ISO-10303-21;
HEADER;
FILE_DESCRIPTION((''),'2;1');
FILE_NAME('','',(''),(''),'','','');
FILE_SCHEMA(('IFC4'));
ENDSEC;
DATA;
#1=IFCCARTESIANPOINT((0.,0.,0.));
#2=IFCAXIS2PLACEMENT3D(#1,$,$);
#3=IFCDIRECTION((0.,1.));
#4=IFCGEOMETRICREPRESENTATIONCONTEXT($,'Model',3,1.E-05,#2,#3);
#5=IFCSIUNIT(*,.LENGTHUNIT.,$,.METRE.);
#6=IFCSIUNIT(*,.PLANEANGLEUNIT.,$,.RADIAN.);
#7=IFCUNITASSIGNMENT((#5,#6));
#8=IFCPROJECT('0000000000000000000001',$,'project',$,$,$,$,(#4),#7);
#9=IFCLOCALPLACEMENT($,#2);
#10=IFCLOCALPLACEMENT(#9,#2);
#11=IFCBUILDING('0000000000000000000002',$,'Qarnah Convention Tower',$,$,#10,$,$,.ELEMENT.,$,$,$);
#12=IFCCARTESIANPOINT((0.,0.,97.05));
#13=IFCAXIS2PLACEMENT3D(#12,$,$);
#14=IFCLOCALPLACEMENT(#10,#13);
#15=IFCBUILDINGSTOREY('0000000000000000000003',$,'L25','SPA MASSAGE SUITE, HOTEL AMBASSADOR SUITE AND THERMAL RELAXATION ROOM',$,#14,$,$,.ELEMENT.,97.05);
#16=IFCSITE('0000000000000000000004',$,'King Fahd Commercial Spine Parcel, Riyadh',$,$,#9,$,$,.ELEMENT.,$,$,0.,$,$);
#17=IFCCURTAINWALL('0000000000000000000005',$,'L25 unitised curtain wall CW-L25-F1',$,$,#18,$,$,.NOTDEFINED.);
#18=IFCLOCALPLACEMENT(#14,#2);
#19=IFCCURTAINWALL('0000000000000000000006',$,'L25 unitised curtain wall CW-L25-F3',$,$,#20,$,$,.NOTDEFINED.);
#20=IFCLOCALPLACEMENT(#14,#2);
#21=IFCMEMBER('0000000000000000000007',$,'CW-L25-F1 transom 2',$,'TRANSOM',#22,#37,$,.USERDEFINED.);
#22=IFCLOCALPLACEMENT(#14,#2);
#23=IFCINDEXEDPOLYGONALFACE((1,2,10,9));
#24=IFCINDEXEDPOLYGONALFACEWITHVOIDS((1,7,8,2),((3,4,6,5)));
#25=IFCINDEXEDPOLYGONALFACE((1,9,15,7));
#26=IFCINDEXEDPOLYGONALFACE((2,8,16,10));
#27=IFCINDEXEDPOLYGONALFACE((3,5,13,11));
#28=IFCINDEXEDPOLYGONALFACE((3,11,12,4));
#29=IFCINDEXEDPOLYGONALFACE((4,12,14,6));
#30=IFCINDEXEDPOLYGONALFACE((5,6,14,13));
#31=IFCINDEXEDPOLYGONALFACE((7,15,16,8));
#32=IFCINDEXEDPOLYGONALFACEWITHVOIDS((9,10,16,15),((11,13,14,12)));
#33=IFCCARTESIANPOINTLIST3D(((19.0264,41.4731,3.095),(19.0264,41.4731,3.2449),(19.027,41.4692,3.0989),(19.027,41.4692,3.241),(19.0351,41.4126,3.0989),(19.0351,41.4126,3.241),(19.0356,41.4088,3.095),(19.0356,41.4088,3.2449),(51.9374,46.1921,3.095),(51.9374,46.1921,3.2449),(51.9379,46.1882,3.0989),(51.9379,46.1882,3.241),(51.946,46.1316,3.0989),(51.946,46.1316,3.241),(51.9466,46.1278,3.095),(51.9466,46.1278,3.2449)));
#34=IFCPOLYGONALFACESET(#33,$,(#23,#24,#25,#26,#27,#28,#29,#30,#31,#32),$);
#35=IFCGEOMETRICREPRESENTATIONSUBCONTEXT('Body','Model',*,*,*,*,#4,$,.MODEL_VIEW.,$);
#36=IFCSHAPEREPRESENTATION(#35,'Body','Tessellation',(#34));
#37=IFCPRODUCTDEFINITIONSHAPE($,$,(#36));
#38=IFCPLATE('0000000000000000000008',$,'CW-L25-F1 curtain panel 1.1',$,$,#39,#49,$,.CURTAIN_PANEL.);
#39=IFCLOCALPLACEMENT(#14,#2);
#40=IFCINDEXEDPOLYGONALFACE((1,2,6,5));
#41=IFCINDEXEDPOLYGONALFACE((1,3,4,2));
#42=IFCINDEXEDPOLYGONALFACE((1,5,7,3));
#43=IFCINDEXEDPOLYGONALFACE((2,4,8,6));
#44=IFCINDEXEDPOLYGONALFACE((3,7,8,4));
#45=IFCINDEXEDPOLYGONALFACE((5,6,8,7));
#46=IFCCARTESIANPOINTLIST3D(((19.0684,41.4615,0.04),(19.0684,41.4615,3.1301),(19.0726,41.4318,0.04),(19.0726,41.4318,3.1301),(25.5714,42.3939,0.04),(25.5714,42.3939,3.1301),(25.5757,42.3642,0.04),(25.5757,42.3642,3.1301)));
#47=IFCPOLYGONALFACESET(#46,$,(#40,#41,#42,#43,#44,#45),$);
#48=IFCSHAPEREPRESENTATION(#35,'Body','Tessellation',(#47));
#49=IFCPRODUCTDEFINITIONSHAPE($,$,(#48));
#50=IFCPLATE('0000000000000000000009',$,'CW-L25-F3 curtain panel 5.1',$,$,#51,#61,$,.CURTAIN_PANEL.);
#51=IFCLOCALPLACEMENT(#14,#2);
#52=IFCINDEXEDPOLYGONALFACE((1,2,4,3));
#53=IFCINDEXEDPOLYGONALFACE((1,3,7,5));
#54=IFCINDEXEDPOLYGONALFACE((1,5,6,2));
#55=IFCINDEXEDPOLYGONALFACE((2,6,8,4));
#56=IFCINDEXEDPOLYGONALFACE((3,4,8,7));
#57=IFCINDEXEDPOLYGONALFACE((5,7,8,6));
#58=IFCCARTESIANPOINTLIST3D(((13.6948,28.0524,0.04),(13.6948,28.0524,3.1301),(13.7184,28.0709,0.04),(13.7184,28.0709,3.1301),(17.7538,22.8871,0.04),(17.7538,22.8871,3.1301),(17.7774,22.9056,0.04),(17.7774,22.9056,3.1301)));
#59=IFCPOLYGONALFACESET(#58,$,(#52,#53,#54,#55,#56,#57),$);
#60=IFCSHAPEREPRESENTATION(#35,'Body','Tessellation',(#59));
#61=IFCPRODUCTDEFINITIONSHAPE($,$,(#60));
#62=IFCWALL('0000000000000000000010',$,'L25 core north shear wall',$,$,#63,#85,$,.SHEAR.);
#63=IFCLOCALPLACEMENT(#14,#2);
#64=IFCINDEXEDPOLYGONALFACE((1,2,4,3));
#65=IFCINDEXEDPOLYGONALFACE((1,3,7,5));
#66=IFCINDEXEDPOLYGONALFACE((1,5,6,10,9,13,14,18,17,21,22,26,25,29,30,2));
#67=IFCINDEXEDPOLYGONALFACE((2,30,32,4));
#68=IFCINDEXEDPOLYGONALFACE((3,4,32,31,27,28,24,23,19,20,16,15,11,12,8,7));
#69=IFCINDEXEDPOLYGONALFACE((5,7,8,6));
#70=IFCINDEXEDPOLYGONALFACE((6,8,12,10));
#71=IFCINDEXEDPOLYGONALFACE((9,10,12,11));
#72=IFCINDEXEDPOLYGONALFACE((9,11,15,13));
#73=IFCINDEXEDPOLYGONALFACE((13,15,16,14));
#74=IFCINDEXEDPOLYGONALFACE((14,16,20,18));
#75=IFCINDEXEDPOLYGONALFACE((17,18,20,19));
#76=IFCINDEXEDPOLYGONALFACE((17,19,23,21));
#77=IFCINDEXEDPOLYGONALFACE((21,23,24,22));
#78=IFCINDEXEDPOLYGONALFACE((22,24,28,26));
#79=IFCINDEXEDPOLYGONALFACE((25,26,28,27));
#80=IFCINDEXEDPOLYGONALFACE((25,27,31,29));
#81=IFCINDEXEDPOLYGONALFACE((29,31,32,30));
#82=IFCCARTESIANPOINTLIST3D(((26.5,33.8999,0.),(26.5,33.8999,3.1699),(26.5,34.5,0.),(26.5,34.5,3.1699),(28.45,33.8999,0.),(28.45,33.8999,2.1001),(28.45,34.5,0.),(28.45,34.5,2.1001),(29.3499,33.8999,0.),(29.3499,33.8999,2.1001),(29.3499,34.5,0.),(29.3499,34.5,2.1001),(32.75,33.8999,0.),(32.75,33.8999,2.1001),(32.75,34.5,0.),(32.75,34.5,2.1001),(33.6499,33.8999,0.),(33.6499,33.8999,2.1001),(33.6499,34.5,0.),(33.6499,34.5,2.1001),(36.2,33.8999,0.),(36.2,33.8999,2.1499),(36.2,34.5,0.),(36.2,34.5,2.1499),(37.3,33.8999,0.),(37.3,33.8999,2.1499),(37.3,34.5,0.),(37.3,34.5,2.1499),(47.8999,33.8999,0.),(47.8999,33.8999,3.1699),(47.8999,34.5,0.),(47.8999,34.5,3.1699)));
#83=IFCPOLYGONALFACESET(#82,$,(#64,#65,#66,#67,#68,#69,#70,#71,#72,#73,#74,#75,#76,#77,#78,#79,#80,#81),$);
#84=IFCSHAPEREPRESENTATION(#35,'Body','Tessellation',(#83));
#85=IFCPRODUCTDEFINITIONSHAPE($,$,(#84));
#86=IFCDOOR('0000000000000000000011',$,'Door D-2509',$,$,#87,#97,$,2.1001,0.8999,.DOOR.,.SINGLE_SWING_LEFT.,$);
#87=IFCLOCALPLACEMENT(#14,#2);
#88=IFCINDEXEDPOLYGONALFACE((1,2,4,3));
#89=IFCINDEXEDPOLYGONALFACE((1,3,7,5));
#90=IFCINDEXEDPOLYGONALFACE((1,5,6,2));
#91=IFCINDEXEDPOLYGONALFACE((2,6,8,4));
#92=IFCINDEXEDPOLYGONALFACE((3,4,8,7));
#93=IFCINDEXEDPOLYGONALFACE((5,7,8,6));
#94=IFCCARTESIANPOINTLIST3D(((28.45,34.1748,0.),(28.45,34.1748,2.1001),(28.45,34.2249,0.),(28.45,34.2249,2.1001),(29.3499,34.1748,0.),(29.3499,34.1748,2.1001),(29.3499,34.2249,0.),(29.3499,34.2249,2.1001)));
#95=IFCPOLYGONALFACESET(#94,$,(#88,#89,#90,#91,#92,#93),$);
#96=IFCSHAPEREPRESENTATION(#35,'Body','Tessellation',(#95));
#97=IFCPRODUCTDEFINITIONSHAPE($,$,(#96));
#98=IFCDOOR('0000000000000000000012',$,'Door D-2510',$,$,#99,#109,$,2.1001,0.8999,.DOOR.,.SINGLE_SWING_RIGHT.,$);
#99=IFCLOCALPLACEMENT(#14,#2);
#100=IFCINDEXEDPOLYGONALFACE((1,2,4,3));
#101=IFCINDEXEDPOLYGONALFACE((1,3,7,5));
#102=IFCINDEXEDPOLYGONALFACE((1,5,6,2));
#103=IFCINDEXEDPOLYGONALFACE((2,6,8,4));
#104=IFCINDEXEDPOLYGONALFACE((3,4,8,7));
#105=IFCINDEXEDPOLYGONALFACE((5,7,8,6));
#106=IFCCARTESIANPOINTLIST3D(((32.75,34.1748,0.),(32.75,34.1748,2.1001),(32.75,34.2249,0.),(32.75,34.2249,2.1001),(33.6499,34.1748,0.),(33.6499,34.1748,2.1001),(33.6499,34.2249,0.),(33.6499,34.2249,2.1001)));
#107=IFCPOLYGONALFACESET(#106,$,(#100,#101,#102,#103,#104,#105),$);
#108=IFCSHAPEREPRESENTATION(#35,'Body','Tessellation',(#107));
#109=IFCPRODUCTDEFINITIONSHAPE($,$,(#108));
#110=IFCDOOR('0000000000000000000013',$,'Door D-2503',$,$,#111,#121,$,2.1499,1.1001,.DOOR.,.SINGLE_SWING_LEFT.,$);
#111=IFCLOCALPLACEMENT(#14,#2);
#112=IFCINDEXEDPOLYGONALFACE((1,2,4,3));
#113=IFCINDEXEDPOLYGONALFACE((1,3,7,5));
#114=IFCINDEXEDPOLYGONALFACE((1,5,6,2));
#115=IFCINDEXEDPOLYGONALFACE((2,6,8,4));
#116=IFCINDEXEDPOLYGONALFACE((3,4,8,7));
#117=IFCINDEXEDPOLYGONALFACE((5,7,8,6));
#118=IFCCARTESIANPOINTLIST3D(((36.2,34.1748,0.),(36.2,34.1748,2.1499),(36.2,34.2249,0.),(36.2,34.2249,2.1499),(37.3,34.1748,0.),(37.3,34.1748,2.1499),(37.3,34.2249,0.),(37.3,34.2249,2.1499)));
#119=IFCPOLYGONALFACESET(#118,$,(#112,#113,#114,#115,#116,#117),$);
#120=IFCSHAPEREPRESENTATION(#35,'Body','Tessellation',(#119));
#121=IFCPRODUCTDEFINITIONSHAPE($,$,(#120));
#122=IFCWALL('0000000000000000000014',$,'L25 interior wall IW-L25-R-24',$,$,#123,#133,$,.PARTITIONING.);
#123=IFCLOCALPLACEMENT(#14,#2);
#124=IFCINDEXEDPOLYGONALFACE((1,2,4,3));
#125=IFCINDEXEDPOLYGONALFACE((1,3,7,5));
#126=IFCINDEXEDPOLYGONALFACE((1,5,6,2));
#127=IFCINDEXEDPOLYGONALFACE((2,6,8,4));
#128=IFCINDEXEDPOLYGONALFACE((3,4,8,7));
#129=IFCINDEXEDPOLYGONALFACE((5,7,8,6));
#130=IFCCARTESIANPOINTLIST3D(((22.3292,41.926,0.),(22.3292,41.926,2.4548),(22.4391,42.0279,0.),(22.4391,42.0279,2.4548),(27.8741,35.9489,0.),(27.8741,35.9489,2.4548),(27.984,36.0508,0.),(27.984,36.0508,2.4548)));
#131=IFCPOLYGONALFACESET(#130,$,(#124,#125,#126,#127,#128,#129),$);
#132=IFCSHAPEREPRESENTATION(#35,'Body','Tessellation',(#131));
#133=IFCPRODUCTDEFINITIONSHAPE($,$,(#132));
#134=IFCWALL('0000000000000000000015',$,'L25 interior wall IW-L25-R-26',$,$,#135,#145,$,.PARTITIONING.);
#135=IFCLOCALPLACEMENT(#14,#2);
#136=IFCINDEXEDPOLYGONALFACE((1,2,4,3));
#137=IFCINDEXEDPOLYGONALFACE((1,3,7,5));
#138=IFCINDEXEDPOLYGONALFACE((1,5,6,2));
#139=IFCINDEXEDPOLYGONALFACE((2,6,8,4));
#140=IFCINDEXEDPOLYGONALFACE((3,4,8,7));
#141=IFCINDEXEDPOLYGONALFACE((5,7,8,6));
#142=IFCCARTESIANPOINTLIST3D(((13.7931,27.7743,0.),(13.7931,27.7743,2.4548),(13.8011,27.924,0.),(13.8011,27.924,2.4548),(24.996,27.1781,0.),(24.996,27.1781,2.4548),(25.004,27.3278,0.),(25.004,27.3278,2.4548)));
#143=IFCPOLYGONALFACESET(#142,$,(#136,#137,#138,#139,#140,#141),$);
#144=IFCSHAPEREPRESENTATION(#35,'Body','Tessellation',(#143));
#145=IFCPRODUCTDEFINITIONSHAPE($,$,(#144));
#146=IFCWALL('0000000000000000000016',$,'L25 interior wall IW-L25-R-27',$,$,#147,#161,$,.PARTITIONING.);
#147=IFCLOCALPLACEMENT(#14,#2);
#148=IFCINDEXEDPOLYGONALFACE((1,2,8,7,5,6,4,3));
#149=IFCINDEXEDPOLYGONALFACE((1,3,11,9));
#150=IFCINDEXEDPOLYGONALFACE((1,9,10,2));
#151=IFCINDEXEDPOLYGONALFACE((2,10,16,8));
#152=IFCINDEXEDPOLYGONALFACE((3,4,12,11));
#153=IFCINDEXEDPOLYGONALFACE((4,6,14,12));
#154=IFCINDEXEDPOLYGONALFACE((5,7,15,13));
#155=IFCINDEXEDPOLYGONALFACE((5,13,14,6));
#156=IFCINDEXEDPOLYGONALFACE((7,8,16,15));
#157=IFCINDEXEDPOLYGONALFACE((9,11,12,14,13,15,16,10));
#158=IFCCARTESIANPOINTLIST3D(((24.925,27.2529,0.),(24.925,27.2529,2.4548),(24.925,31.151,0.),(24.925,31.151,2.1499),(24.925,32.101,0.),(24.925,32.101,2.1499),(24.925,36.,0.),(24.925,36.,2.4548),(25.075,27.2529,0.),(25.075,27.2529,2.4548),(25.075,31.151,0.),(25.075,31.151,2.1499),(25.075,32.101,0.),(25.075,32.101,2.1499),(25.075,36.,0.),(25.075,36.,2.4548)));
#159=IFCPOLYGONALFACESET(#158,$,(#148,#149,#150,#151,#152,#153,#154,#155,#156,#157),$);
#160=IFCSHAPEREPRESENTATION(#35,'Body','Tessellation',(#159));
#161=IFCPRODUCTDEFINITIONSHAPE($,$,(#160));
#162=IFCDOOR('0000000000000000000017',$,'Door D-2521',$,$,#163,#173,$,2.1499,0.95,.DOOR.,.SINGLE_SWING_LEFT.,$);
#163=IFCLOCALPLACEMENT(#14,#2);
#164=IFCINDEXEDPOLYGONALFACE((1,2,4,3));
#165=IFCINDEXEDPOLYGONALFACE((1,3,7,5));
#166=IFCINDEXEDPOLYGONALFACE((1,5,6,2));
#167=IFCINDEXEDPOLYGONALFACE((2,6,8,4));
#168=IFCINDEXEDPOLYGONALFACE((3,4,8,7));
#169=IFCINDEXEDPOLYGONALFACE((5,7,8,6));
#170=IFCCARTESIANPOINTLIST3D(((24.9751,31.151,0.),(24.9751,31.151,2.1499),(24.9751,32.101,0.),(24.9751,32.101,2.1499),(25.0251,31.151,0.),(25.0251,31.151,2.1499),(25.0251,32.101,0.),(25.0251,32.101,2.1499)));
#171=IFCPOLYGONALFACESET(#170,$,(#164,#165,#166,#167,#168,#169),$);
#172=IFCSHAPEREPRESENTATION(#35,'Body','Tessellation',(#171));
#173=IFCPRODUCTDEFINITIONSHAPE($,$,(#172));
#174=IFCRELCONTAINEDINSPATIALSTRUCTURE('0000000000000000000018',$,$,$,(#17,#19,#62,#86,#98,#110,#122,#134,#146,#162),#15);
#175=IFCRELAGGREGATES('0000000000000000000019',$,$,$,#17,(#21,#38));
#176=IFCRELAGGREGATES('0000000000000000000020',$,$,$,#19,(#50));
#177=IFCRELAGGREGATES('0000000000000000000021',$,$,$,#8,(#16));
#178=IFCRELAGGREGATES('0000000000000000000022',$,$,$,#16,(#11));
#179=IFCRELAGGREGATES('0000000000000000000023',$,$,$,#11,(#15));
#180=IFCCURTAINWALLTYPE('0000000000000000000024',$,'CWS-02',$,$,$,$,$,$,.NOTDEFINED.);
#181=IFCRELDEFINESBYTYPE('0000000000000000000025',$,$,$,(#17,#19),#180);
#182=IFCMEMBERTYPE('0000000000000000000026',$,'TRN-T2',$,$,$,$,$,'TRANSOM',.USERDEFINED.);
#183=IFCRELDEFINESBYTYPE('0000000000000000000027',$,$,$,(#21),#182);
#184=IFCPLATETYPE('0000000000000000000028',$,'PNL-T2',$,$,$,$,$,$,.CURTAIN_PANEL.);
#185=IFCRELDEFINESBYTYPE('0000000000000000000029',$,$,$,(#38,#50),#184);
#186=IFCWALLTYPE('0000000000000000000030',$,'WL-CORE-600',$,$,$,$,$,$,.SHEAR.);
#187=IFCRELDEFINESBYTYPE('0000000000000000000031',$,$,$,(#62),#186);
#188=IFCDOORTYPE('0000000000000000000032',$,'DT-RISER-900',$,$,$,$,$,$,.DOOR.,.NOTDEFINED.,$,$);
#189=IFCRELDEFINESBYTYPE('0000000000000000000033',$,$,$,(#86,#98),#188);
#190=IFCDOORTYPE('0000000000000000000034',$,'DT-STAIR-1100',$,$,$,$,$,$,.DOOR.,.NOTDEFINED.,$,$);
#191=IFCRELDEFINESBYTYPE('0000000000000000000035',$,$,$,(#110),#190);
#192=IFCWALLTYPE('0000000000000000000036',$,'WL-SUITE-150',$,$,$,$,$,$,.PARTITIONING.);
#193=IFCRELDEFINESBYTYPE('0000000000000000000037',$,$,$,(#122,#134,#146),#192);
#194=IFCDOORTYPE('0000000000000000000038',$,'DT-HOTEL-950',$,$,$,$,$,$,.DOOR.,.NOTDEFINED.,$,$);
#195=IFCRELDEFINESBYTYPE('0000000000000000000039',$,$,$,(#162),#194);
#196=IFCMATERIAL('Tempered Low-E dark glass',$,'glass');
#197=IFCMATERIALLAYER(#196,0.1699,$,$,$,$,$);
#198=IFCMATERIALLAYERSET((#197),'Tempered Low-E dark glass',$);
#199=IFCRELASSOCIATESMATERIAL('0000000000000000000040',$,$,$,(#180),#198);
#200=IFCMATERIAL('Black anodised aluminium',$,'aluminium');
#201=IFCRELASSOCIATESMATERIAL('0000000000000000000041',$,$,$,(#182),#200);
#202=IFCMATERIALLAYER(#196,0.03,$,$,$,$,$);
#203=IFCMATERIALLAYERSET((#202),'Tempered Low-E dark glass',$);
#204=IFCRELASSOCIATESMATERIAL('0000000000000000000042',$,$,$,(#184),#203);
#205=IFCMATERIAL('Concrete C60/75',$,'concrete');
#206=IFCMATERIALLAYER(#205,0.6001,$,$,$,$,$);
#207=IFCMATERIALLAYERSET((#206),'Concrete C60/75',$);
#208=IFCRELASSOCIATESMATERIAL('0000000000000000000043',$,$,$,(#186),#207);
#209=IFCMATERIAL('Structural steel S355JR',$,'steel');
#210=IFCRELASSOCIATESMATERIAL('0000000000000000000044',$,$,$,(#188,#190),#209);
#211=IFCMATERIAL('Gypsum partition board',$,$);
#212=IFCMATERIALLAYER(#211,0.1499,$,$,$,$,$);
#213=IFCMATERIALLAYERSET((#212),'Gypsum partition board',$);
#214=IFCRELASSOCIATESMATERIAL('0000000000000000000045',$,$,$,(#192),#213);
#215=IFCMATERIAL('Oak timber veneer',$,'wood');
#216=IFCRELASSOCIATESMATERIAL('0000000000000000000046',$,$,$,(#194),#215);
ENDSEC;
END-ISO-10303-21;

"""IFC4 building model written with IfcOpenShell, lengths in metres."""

from ifc_helpers import new_model, si_unit, direction, frame, frame_2d, origin, origin_2d, place, context, subcontext, project, spatial, rectangle, hollow_rectangle, extrude, material, layer, layer_set, material_profile, profile_set, type_object, element, fill, aggregate, save


model = new_model("IFC4")

# Units and contexts
model_context = context("Model", 3, precision=1e-05, world=origin(), true_north=direction((0.0, 1.0)))
body_context = subcontext(model_context, "Body", "Model", "MODEL_VIEW")
ifc_project = project(units=[si_unit("LENGTHUNIT", "METRE"), si_unit("PLANEANGLEUNIT", "RADIAN")], contexts=[model_context])

# Site, building, storey
site_placement = place(None, origin())
site = spatial("IfcSite", under=ifc_project, at=site_placement, Name="King Fahd Commercial Spine Parcel, Riyadh", CompositionType="ELEMENT", RefElevation=0.0)
building_placement = place(site_placement, origin())
building = spatial("IfcBuilding", under=site, at=building_placement, Name="Qarnah Convention Tower", CompositionType="ELEMENT")
storey_placement = place(building_placement, frame((0.0, 0.0, 97.05)))
storey = spatial("IfcBuildingStorey", under=building, at=storey_placement, Name="L25", Description="SPA MASSAGE SUITE, HOTEL AMBASSADOR SUITE AND THERMAL RELAXATION ROOM", CompositionType="ELEMENT", Elevation=97.05)

# Shared definitions
ifc_material_1 = material(Name="Concrete C60/75", Category="concrete")

# Shared definitions
ifc_material_2 = material(Name="Structural steel S355JR", Category="steel")

# Curtain wall
ifc_material_3 = material(Name="Tempered Low-E dark glass", Category="glass")
ifc_layer_1 = layer(ifc_material_3, 0.1699)
ifc_layer_set_1 = layer_set([ifc_layer_1], Name="Tempered Low-E dark glass")
curtain_wall_type = type_object("IfcCurtainWallType", Name="CWS-02", PredefinedType="NOTDEFINED", material=ifc_layer_set_1)
curtain_wall_1_placement = place(storey_placement, origin())
curtain_wall_1 = element("IfcCurtainWall", 1, at=curtain_wall_1_placement, inside=storey, type_object=curtain_wall_type, Name="L25 unitised curtain wall CW-L25-F1", PredefinedType="NOTDEFINED")
ifc_material_4 = material(Name="Black anodised aluminium", Category="aluminium")

# Curtain wall
curtain_wall_2_placement = place(storey_placement, origin())
curtain_wall_2 = element("IfcCurtainWall", 2, at=curtain_wall_2_placement, inside=storey, type_object=curtain_wall_type, Name="L25 unitised curtain wall CW-L25-F3", PredefinedType="NOTDEFINED")

# Member
ifc_material_profile_1 = material_profile(ifc_material_4, hollow_rectangle(XDim=0.0649, YDim=0.1499, WallThickness=0.0039, at=origin_2d()), Name="TRN-65X150")
ifc_profile_set_1 = profile_set([ifc_material_profile_1], Name="Black anodised aluminium")
member_type_1 = type_object("IfcMemberType", Name="TRN-T2", ElementType="TRANSOM", PredefinedType="USERDEFINED", material=ifc_profile_set_1)
member_1_placement = place(storey_placement, frame((19.031, 41.4409, 3.1699), z_axis=(0.989876, 0.141935, 0.0), x_axis=(-0.141935, 0.989876, 0.0)))
member_1 = element("IfcMember", 3, at=member_1_placement, type_object=member_type_1, Name="CW-L25-F1 transom 2", ObjectType="TRANSOM", PredefinedType="USERDEFINED", context=body_context, shape_type="SweptSolid", body=[
    extrude(hollow_rectangle(XDim=0.0649, YDim=0.1499, WallThickness=0.0039, at=origin_2d()), origin(), (0.0, 0.0, 1.0), 33.2476),
])

# Plates
ifc_layer_2 = layer(ifc_material_3, 0.03)
ifc_layer_set_2 = layer_set([ifc_layer_2], Name="Tempered Low-E dark glass")
plate_type = type_object("IfcPlateType", Name="PNL-T2", PredefinedType="CURTAIN_PANEL", material=ifc_layer_set_2)
plate_1_placement = place(storey_placement, frame((22.322, 41.9128, 0.04), z_axis=(0.0, 0.0, 1.0), x_axis=(0.989876, 0.141935, 0.0)))
plate_1 = element("IfcPlate", 4, at=plate_1_placement, type_object=plate_type, Name="CW-L25-F1 curtain panel 1.1", PredefinedType="CURTAIN_PANEL", context=body_context, shape_type="SweptSolid", body=[
    extrude(rectangle(XDim=6.5696, YDim=0.03, at=origin_2d()), origin(), (0.0, 0.0, 1.0), 3.0901),
])
aggregate(curtain_wall_1, [member_1, plate_1])
plate_2_placement = place(storey_placement, frame((15.7361, 25.479, 0.04), z_axis=(0.0, 0.0, 1.0), x_axis=(-0.617871, 0.78628, 0.0)))
plate_2 = element("IfcPlate", 5, at=plate_2_placement, type_object=plate_type, Name="CW-L25-F3 curtain panel 5.1", PredefinedType="CURTAIN_PANEL", context=body_context, shape_type="SweptSolid", body=[
    extrude(rectangle(XDim=6.5693, YDim=0.03, at=origin_2d()), origin(), (0.0, 0.0, 1.0), 3.0901),
])
aggregate(curtain_wall_2, [plate_2])

# Wall, openings, doors
ifc_layer_3 = layer(ifc_material_1, 0.6001)
ifc_layer_set_3 = layer_set([ifc_layer_3], Name="Concrete C60/75")
wall_type_1 = type_object("IfcWallType", Name="WL-CORE-600", PredefinedType="SHEAR", material=ifc_layer_set_3)
wall_1_placement = place(storey_placement, frame((26.5, 34.2, 0.0), z_axis=(0.0, 0.0, 1.0), x_axis=(1.0, 0.0, 0.0)))
wall_1 = element("IfcWall", 6, at=wall_1_placement, inside=storey, type_object=wall_type_1, Name="L25 core north shear wall", PredefinedType="SHEAR", context=body_context, shape_type="SweptSolid", body=[
    extrude(rectangle(XDim=21.3999, YDim=0.6001, at=frame_2d((10.7, 0.0))), origin(), (0.0, 0.0, 1.0), 3.1699),
])
opening_1_placement = place(wall_1_placement, frame((9.7, 0.0, 0.0)))
opening_1 = element("IfcOpeningElement", 7, at=opening_1_placement, cuts=wall_1, PredefinedType="OPENING", context=body_context, shape_type="SweptSolid", body=[
    extrude(rectangle(XDim=1.1001, YDim=2.1499, at=frame_2d((0.55, 1.075))), frame((0.0, 0.3101, 0.0), z_axis=(0.0, -1.0, 0.0), x_axis=(1.0, 0.0, 0.0)), (0.0, 0.0, 1.0), 0.6201),
])
opening_2_placement = place(wall_1_placement, frame((1.95, 0.0, 0.0)))
opening_2 = element("IfcOpeningElement", 8, at=opening_2_placement, cuts=wall_1, PredefinedType="OPENING", context=body_context, shape_type="SweptSolid", body=[
    extrude(rectangle(XDim=0.8999, YDim=2.1001, at=frame_2d((0.45, 1.05))), frame((0.0, 0.3101, 0.0), z_axis=(0.0, -1.0, 0.0), x_axis=(1.0, 0.0, 0.0)), (0.0, 0.0, 1.0), 0.6201),
])
opening_3_placement = place(wall_1_placement, frame((6.25, 0.0, 0.0)))
opening_3 = element("IfcOpeningElement", 9, at=opening_3_placement, cuts=wall_1, PredefinedType="OPENING", context=body_context, shape_type="SweptSolid", body=[
    extrude(rectangle(XDim=0.8999, YDim=2.1001, at=frame_2d((0.45, 1.05))), frame((0.0, 0.3101, 0.0), z_axis=(0.0, -1.0, 0.0), x_axis=(1.0, 0.0, 0.0)), (0.0, 0.0, 1.0), 0.6201),
])
door_type_1 = type_object("IfcDoorType", Name="DT-RISER-900", OperationType="NOTDEFINED", PredefinedType="DOOR", material=ifc_material_2)
door_1_placement = place(opening_2_placement, origin())
door_1 = element("IfcDoor", 10, at=door_1_placement, inside=storey, type_object=door_type_1, Name="Door D-2509", OperationType="SINGLE_SWING_LEFT", OverallHeight=2.1001, OverallWidth=0.8999, PredefinedType="DOOR", context=body_context, shape_type="SweptSolid", body=[
    extrude(rectangle(XDim=0.8999, YDim=2.1001, at=frame_2d((0.45, 1.05))), frame((0.0, 0.0249, 0.0), z_axis=(0.0, -1.0, 0.0), x_axis=(1.0, 0.0, 0.0)), (0.0, 0.0, 1.0), 0.05),
])
fill(opening_2, door_1)
door_2_placement = place(opening_3_placement, origin())
door_2 = element("IfcDoor", 11, at=door_2_placement, inside=storey, type_object=door_type_1, Name="Door D-2510", OperationType="SINGLE_SWING_RIGHT", OverallHeight=2.1001, OverallWidth=0.8999, PredefinedType="DOOR", context=body_context, shape_type="SweptSolid", body=[
    extrude(rectangle(XDim=0.8999, YDim=2.1001, at=frame_2d((0.45, 1.05))), frame((0.0, 0.0249, 0.0), z_axis=(0.0, -1.0, 0.0), x_axis=(1.0, 0.0, 0.0)), (0.0, 0.0, 1.0), 0.05),
])
fill(opening_3, door_2)
door_type_2 = type_object("IfcDoorType", Name="DT-STAIR-1100", OperationType="NOTDEFINED", PredefinedType="DOOR", material=ifc_material_2)
door_3_placement = place(opening_1_placement, origin())
door_3 = element("IfcDoor", 12, at=door_3_placement, inside=storey, type_object=door_type_2, Name="Door D-2503", OperationType="SINGLE_SWING_LEFT", OverallHeight=2.1499, OverallWidth=1.1001, PredefinedType="DOOR", context=body_context, shape_type="SweptSolid", body=[
    extrude(rectangle(XDim=1.1001, YDim=2.1499, at=frame_2d((0.55, 1.075))), frame((0.0, 0.0249, 0.0), z_axis=(0.0, -1.0, 0.0), x_axis=(1.0, 0.0, 0.0)), (0.0, 0.0, 1.0), 0.05),
])
fill(opening_1, door_3)

# Walls
ifc_material_5 = material(Name="Gypsum partition board")
ifc_layer_4 = layer(ifc_material_5, 0.1499)
ifc_layer_set_4 = layer_set([ifc_layer_4], Name="Gypsum partition board")
wall_type_2 = type_object("IfcWallType", Name="WL-SUITE-150", PredefinedType="PARTITIONING", material=ifc_layer_set_4)
wall_2_placement = place(storey_placement, frame((22.384, 41.9771, 0.0), z_axis=(0.0, 0.0, 1.0), x_axis=(0.680109, -0.733111, 0.0)))
element("IfcWall", 13, at=wall_2_placement, inside=storey, type_object=wall_type_2, Name="L25 interior wall IW-L25-R-24", PredefinedType="PARTITIONING", context=body_context, shape_type="SweptSolid", body=[
    extrude(rectangle(XDim=8.1531, YDim=0.1499, at=frame_2d((4.0767, 0.0))), origin(), (0.0, 0.0, 1.0), 2.4548),
])
wall_3_placement = place(storey_placement, frame((13.7971, 27.8491, 0.0), z_axis=(0.0, 0.0, 1.0), x_axis=(0.998587, -0.053142, 0.0)))
element("IfcWall", 14, at=wall_3_placement, inside=storey, type_object=wall_type_2, Name="L25 interior wall IW-L25-R-26", PredefinedType="PARTITIONING", context=body_context, shape_type="SweptSolid", body=[
    extrude(rectangle(XDim=11.2188, YDim=0.1499, at=frame_2d((5.6094, 0.0))), origin(), (0.0, 0.0, 1.0), 2.4548),
])

# Wall, opening, door
wall_4_placement = place(storey_placement, frame((25.0, 27.2529, 0.0), z_axis=(0.0, 0.0, 1.0), x_axis=(0.0, 1.0, 0.0)))
wall_4 = element("IfcWall", 15, at=wall_4_placement, inside=storey, type_object=wall_type_2, Name="L25 interior wall IW-L25-R-27", PredefinedType="PARTITIONING", context=body_context, shape_type="SweptSolid", body=[
    extrude(rectangle(XDim=8.7471, YDim=0.1499, at=frame_2d((4.3735, 0.0))), origin(), (0.0, 0.0, 1.0), 2.4548),
])
opening_4_placement = place(wall_4_placement, frame((3.8979, 0.0, 0.0)))
opening_4 = element("IfcOpeningElement", 16, at=opening_4_placement, cuts=wall_4, PredefinedType="OPENING", context=body_context, shape_type="SweptSolid", body=[
    extrude(rectangle(XDim=0.95, YDim=2.1499, at=frame_2d((0.4751, 1.075))), frame((0.0, 0.085, 0.0), z_axis=(0.0, -1.0, 0.0), x_axis=(1.0, 0.0, 0.0)), (0.0, 0.0, 1.0), 0.1699),
])
ifc_material_6 = material(Name="Oak timber veneer", Category="wood")
door_type_3 = type_object("IfcDoorType", Name="DT-HOTEL-950", OperationType="NOTDEFINED", PredefinedType="DOOR", material=ifc_material_6)
door_4_placement = place(opening_4_placement, origin())
door_4 = element("IfcDoor", 17, at=door_4_placement, inside=storey, type_object=door_type_3, Name="Door D-2521", OperationType="SINGLE_SWING_LEFT", OverallHeight=2.1499, OverallWidth=0.95, PredefinedType="DOOR", context=body_context, shape_type="SweptSolid", body=[
    extrude(rectangle(XDim=0.95, YDim=2.1499, at=frame_2d((0.4751, 1.075))), frame((0.0, 0.0249, 0.0), z_axis=(0.0, -1.0, 0.0), x_axis=(1.0, 0.0, 0.0)), (0.0, 0.0, 1.0), 0.05),
])
fill(opening_4, door_4)

save(model, "model.ifc")
